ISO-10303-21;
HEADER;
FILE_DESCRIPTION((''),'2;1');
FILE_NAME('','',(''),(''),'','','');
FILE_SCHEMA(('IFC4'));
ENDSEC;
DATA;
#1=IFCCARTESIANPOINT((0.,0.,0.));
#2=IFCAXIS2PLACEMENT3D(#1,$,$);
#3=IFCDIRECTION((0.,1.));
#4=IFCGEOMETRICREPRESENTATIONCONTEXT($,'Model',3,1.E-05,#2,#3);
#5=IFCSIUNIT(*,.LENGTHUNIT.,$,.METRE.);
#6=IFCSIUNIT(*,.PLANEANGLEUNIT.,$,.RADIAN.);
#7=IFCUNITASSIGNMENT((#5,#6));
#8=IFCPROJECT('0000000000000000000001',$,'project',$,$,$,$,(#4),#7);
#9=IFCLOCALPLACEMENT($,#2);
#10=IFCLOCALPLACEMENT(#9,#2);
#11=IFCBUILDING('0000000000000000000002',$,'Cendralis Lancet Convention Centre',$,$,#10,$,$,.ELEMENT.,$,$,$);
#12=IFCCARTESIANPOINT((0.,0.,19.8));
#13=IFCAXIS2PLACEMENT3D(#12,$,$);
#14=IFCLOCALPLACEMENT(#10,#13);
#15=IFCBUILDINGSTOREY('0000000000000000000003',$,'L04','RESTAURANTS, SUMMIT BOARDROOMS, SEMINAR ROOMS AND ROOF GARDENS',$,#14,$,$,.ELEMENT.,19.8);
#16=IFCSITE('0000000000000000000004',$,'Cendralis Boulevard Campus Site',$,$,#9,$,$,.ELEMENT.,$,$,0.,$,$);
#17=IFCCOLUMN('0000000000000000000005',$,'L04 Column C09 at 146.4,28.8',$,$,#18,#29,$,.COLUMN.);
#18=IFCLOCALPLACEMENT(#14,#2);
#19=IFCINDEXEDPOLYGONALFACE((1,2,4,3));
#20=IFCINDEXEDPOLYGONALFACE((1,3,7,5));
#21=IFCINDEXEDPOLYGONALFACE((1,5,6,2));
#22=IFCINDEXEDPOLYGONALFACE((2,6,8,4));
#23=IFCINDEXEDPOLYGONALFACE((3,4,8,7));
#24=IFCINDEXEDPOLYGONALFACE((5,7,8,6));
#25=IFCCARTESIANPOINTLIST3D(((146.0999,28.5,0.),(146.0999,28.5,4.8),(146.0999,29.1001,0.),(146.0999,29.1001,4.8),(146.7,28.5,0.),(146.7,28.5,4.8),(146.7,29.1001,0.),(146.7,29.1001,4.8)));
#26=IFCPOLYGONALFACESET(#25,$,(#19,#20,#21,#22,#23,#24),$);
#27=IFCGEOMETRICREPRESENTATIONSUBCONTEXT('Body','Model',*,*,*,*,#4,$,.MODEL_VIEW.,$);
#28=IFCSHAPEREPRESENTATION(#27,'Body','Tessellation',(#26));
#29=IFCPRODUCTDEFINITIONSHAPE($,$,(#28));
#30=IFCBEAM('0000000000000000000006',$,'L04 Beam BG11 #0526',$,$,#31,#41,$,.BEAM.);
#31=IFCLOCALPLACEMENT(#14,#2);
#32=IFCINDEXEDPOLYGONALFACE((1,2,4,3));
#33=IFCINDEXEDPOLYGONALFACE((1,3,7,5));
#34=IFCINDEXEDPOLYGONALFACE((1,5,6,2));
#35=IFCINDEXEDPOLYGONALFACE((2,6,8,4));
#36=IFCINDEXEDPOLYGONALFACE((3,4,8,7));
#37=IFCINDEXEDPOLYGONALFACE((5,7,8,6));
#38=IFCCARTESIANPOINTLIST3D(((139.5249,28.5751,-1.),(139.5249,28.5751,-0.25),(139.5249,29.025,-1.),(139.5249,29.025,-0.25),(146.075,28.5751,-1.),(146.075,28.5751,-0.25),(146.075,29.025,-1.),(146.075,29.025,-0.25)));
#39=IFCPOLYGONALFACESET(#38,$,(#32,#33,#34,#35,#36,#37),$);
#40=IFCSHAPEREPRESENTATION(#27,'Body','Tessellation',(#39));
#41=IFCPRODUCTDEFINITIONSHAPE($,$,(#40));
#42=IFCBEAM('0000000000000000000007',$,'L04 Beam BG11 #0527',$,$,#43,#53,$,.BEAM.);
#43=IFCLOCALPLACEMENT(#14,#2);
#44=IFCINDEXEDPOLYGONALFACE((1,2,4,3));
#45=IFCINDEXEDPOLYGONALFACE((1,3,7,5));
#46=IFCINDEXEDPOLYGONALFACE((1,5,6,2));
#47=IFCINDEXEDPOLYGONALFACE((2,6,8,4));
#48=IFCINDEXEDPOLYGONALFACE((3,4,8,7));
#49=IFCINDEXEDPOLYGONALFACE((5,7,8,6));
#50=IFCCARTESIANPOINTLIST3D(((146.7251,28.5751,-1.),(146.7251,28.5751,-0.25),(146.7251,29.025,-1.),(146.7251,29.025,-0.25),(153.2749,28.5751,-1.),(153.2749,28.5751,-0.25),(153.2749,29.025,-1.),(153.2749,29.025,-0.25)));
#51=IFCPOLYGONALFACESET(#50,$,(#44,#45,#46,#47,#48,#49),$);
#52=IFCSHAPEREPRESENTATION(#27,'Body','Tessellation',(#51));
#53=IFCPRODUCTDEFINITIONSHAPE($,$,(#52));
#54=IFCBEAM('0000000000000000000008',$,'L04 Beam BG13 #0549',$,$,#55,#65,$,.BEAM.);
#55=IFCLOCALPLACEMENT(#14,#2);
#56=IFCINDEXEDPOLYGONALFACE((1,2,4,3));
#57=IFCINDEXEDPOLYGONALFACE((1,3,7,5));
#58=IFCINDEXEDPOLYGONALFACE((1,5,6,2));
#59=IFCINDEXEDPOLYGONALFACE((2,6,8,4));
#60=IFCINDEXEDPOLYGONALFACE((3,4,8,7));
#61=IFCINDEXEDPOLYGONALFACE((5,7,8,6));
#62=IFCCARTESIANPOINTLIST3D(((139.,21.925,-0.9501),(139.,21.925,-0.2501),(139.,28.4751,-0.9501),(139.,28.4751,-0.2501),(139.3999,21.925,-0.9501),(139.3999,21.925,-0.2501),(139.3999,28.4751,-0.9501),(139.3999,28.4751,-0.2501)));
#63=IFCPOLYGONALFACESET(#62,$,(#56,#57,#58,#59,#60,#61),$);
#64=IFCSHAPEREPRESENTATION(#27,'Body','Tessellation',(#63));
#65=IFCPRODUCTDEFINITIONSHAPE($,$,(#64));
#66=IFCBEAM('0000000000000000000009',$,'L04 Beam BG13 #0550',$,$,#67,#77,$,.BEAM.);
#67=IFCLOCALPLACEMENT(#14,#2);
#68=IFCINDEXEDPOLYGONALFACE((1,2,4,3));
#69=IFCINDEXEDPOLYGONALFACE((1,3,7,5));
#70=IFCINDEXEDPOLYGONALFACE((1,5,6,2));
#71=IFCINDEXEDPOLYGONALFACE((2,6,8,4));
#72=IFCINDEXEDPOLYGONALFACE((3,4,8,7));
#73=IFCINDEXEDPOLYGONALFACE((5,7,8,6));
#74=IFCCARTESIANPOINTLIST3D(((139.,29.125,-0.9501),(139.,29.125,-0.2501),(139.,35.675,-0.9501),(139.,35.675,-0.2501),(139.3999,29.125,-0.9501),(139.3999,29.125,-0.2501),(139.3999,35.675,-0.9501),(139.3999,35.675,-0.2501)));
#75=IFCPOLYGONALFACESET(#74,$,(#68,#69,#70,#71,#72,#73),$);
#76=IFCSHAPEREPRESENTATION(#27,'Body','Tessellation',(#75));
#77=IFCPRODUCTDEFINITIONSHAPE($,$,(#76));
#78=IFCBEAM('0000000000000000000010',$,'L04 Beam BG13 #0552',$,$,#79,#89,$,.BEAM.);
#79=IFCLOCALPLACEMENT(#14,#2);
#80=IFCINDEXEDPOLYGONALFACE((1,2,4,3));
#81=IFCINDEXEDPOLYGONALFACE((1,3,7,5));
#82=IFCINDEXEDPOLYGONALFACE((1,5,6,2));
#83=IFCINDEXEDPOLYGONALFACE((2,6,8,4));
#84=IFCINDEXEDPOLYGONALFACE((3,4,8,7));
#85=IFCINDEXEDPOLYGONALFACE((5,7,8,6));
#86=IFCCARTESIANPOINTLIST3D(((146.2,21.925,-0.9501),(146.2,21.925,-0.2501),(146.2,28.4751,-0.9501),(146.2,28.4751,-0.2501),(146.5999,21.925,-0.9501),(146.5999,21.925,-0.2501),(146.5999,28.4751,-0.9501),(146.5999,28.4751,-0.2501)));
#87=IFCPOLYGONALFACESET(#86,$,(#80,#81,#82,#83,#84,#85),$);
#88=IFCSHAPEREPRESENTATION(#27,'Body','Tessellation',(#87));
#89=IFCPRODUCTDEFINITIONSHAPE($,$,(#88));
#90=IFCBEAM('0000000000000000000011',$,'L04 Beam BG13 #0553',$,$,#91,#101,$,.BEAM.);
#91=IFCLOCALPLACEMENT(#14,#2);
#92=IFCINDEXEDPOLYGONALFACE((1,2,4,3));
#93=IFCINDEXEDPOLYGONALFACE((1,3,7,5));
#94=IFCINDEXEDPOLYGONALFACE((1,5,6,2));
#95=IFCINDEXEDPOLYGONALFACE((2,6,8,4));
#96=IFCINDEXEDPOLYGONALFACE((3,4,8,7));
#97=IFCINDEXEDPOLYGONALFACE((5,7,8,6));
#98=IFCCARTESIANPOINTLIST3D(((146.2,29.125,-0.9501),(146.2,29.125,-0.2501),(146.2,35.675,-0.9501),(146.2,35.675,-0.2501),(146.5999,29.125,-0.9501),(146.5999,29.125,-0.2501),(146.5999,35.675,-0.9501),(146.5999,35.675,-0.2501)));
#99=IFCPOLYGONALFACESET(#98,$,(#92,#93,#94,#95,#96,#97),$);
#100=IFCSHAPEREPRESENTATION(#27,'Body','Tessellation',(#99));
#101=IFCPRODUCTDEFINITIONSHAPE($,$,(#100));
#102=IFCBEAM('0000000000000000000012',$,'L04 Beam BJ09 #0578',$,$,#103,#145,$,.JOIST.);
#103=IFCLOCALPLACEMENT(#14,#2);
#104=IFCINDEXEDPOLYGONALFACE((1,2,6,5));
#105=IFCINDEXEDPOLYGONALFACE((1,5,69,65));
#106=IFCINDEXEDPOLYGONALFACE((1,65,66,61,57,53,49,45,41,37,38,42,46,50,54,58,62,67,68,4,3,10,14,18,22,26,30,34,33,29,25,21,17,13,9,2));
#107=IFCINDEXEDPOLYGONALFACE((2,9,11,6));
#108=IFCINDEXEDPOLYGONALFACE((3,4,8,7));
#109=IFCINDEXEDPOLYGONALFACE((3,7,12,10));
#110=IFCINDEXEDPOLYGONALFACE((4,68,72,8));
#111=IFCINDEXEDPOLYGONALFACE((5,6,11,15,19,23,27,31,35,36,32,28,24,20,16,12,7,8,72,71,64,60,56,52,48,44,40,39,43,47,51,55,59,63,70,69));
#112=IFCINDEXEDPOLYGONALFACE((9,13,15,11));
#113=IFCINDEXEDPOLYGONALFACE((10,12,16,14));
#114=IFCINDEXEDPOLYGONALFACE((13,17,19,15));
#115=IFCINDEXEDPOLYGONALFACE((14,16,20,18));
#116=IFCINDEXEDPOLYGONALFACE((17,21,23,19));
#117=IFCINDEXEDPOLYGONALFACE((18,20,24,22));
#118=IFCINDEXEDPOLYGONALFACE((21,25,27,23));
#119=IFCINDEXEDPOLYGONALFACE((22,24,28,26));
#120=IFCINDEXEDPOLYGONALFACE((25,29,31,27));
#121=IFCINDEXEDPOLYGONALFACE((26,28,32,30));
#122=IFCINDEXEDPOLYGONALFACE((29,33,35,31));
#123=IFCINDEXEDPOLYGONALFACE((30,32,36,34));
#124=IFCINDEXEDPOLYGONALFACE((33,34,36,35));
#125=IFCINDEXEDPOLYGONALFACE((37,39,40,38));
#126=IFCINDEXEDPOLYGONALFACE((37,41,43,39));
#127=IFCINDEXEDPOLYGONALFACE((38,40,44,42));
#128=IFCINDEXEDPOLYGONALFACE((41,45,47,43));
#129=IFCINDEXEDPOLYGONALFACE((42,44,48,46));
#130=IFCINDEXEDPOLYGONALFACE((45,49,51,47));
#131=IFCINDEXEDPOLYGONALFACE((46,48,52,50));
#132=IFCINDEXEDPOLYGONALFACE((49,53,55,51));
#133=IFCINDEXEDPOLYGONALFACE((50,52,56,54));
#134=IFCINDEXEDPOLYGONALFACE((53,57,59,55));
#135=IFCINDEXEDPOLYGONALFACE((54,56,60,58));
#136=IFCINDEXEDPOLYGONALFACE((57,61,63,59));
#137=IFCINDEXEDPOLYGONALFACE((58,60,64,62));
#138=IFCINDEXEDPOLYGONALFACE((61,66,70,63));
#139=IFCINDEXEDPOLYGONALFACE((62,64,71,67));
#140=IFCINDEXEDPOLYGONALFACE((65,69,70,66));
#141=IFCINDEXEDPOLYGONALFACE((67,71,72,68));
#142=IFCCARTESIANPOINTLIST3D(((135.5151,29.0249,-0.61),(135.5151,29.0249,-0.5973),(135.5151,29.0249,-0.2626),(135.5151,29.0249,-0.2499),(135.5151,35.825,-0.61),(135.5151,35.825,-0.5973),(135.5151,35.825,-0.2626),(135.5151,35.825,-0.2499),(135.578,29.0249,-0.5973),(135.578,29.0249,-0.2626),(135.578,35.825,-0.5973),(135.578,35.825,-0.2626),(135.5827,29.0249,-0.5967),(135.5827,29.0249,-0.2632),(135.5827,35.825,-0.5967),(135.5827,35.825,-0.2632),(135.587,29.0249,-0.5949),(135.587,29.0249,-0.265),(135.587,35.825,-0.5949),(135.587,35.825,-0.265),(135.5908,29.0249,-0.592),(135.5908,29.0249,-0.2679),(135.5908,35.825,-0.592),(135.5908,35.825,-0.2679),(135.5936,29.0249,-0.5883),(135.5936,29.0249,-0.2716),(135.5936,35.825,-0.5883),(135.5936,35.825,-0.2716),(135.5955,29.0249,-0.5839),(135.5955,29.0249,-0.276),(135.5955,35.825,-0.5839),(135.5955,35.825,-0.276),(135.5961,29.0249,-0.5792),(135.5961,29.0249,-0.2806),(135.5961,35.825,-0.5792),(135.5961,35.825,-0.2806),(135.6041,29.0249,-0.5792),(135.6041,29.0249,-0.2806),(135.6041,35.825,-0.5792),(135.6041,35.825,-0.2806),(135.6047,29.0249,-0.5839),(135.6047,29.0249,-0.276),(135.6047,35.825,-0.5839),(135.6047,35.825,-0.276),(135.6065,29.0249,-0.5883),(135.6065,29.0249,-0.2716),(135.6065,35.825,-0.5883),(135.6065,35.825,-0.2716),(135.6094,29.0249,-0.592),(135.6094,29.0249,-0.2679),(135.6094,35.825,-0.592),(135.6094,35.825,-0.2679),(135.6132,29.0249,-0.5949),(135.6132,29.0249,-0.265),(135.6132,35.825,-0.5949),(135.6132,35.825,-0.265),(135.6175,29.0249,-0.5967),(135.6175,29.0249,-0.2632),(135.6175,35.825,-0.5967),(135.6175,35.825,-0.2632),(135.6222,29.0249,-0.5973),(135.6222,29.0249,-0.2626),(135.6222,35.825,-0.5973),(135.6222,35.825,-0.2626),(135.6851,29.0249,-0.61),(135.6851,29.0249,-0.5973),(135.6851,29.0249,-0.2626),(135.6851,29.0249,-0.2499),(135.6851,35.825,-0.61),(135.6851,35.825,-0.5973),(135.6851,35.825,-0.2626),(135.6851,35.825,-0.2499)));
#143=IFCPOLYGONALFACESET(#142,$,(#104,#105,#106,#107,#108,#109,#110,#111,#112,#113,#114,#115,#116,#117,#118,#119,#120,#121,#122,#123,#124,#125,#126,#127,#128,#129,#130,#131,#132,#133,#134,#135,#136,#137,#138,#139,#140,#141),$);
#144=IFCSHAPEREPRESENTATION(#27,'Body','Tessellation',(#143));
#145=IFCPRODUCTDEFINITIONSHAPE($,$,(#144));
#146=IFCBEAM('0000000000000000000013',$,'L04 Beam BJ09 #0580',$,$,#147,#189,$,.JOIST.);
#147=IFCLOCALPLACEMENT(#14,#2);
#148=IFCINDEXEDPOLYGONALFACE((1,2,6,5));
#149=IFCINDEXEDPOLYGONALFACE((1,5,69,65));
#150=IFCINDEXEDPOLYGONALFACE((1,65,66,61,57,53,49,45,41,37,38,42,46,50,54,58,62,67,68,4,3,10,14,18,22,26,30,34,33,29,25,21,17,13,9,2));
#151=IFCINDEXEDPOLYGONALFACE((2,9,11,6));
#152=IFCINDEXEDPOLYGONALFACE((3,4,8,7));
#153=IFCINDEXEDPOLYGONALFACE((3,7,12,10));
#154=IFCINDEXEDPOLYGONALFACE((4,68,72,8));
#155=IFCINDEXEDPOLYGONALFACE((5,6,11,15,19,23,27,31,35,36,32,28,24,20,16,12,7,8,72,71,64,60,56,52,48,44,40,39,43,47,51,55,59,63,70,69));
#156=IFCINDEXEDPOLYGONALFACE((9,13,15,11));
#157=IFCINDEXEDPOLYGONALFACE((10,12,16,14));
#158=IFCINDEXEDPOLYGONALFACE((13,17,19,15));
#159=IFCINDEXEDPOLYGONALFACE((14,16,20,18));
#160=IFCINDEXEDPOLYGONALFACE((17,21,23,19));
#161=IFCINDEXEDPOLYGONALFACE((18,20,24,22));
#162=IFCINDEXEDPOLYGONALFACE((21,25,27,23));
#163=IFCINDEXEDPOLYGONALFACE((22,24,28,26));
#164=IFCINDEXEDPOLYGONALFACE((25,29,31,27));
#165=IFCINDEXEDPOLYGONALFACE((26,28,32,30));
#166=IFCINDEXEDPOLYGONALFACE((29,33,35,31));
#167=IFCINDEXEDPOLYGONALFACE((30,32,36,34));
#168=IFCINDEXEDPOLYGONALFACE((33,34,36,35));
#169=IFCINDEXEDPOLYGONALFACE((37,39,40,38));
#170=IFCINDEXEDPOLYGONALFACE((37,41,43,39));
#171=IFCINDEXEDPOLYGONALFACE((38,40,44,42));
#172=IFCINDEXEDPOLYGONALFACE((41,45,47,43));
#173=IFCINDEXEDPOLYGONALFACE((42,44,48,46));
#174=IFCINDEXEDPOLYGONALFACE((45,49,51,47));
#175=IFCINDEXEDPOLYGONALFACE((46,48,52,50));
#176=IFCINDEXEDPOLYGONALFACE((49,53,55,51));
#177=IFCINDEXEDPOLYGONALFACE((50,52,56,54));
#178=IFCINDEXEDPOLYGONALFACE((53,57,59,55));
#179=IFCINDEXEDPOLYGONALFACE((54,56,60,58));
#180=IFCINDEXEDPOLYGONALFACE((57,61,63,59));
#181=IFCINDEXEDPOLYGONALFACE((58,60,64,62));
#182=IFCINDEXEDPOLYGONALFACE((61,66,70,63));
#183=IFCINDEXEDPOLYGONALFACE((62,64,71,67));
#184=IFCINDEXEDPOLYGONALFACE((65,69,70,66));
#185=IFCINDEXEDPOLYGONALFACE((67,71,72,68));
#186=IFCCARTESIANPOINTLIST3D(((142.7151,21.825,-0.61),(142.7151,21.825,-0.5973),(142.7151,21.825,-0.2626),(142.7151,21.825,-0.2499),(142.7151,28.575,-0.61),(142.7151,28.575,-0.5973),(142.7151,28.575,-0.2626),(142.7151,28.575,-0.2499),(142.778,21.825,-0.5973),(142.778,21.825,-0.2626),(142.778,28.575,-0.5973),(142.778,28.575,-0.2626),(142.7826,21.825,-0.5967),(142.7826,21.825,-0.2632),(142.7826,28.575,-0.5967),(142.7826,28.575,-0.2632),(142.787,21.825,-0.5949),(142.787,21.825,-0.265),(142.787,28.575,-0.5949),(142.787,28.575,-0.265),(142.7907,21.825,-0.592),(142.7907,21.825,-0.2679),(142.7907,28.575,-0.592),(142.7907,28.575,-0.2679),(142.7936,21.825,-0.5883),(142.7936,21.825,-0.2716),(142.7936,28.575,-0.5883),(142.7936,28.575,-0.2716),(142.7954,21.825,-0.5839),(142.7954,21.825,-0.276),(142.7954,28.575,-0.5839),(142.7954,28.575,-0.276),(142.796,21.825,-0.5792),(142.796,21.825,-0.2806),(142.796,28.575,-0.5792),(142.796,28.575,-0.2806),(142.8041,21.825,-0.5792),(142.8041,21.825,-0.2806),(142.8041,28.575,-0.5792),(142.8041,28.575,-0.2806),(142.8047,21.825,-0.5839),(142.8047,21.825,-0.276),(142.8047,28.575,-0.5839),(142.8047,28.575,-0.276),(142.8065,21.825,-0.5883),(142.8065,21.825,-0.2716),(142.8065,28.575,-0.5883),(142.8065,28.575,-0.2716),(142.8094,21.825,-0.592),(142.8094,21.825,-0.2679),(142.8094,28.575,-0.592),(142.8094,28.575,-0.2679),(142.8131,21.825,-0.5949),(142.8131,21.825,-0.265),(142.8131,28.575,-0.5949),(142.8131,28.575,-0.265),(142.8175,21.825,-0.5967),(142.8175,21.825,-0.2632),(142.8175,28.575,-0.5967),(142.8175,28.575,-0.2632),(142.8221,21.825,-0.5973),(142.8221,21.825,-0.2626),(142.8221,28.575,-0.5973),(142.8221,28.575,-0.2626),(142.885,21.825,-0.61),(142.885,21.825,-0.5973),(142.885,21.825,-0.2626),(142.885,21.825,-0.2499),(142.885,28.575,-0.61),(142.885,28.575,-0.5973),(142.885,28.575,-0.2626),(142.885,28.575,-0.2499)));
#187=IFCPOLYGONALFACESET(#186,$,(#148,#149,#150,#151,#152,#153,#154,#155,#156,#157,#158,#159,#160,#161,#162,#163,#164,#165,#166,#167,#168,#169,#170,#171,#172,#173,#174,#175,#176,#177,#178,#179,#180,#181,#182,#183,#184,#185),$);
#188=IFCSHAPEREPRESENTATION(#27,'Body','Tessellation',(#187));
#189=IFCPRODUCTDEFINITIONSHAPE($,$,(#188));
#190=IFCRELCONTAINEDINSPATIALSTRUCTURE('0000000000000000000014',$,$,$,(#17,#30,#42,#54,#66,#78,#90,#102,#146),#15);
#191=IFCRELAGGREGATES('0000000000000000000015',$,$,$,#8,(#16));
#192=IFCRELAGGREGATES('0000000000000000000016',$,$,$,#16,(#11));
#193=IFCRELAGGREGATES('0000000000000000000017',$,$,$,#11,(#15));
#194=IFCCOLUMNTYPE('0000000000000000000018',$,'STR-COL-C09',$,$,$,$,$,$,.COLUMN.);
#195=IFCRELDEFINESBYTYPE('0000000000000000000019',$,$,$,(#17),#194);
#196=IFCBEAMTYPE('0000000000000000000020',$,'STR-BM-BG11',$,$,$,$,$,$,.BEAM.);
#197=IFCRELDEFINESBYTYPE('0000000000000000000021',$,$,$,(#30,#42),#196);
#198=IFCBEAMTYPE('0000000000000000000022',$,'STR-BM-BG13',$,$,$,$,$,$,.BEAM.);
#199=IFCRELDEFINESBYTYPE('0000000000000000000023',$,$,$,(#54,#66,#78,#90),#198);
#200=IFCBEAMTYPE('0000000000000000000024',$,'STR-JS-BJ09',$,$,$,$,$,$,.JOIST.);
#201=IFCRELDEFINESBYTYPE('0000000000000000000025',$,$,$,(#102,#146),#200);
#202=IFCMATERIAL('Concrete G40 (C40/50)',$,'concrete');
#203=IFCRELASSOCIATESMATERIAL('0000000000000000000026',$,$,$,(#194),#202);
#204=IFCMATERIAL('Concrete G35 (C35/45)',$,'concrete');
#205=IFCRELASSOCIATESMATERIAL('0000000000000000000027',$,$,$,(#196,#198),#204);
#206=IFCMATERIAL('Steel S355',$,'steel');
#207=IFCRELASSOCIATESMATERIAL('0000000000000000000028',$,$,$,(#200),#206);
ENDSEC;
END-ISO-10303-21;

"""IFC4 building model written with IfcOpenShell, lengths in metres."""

from ifc_helpers import new_model, si_unit, direction, frame, origin, origin_2d, place, context, subcontext, project, spatial, rectangle, i_section, extrude, material, material_profile, profile_set, type_object, element, save


model = new_model("IFC4")

# Units and contexts
model_context = context("Model", 3, precision=1e-05, world=origin(), true_north=direction((0.0, 1.0)))
body_context = subcontext(model_context, "Body", "Model", "MODEL_VIEW")
ifc_project = project(units=[si_unit("LENGTHUNIT", "METRE"), si_unit("PLANEANGLEUNIT", "RADIAN")], contexts=[model_context])

# Site, building, storey
site_placement = place(None, origin())
site = spatial("IfcSite", under=ifc_project, at=site_placement, Name="Cendralis Boulevard Campus Site", CompositionType="ELEMENT", RefElevation=0.0)
building_placement = place(site_placement, origin())
building = spatial("IfcBuilding", under=site, at=building_placement, Name="Cendralis Lancet Convention Centre", CompositionType="ELEMENT")
storey_placement = place(building_placement, frame((0.0, 0.0, 19.8)))
storey = spatial("IfcBuildingStorey", under=building, at=storey_placement, Name="L04", Description="RESTAURANTS, SUMMIT BOARDROOMS, SEMINAR ROOMS AND ROOF GARDENS", CompositionType="ELEMENT", Elevation=19.8)

# Column
ifc_material_1 = material(Name="Concrete G40 (C40/50)", Category="concrete")
ifc_material_profile_1 = material_profile(ifc_material_1, rectangle(XDim=0.6001, YDim=0.6001, at=origin_2d()), Name="RC 600x600")
ifc_profile_set_1 = profile_set([ifc_material_profile_1], Name="Concrete G40 (C40/50)")
column_type = type_object("IfcColumnType", Name="STR-COL-C09", PredefinedType="COLUMN", material=ifc_profile_set_1)
column_placement = place(storey_placement, frame((146.3999, 28.8, 0.0), z_axis=(0.0, 0.0, 1.0), x_axis=(1.0, 0.0, 0.0)))
element("IfcColumn", 1, at=column_placement, inside=storey, type_object=column_type, Name="L04 Column C09 at 146.4,28.8", PredefinedType="COLUMN", context=body_context, shape_type="SweptSolid", body=[
    extrude(rectangle(XDim=0.6001, YDim=0.6001, at=origin_2d()), origin(), (0.0, 0.0, 1.0), 4.8),
])

# Beams
ifc_material_2 = material(Name="Concrete G35 (C35/45)", Category="concrete")
ifc_material_profile_2 = material_profile(ifc_material_2, rectangle(XDim=0.45, YDim=0.75, at=origin_2d()), Name="RCB 450x750")
ifc_profile_set_2 = profile_set([ifc_material_profile_2], Name="Concrete G35 (C35/45)")
beam_type_1 = type_object("IfcBeamType", Name="STR-BM-BG11", PredefinedType="BEAM", material=ifc_profile_set_2)
beam_1_placement = place(storey_placement, frame((139.5249, 28.8, -0.625), z_axis=(1.0, 0.0, 0.0), x_axis=(0.0, 1.0, 0.0)))
element("IfcBeam", 2, at=beam_1_placement, inside=storey, type_object=beam_type_1, Name="L04 Beam BG11 #0526", PredefinedType="BEAM", context=body_context, shape_type="SweptSolid", body=[
    extrude(rectangle(XDim=0.45, YDim=0.75, at=origin_2d()), origin(), (0.0, 0.0, 1.0), 6.55),
])
beam_2_placement = place(storey_placement, frame((146.7251, 28.8, -0.625), z_axis=(1.0, 0.0, 0.0), x_axis=(0.0, 1.0, 0.0)))
element("IfcBeam", 3, at=beam_2_placement, inside=storey, type_object=beam_type_1, Name="L04 Beam BG11 #0527", PredefinedType="BEAM", context=body_context, shape_type="SweptSolid", body=[
    extrude(rectangle(XDim=0.45, YDim=0.75, at=origin_2d()), origin(), (0.0, 0.0, 1.0), 6.5498),
])
ifc_material_profile_3 = material_profile(ifc_material_2, rectangle(XDim=0.3999, YDim=0.7, at=origin_2d()), Name="RCB 400x700")
ifc_profile_set_3 = profile_set([ifc_material_profile_3], Name="Concrete G35 (C35/45)")
beam_type_2 = type_object("IfcBeamType", Name="STR-BM-BG13", PredefinedType="BEAM", material=ifc_profile_set_3)
for number, where, z_axis, x_axis, name in (
    (4, (139.2, 21.925, -0.6001), (0.0, 1.0, 0.0), (-1.0, 0.0, 0.0), "L04 Beam BG13 #0549"),
    (5, (139.2, 29.125, -0.6001), (0.0, 1.0, 0.0), (-1.0, 0.0, 0.0), "L04 Beam BG13 #0550"),
    (6, (146.3999, 21.925, -0.6001), (0.0, 1.0, 0.0), (-1.0, 0.0, 0.0), "L04 Beam BG13 #0552"),
    (7, (146.3999, 29.125, -0.6001), (0.0, 1.0, 0.0), (-1.0, 0.0, 0.0), "L04 Beam BG13 #0553"),
):
    element("IfcBeam", number, at=place(storey_placement, frame(where, z_axis=z_axis, x_axis=x_axis)), inside=storey, type_object=beam_type_2, Name=name, PredefinedType="BEAM", context=body_context, shape_type="SweptSolid", body=[
        extrude(rectangle(XDim=0.3999, YDim=0.7, at=origin_2d()), origin(), (0.0, 0.0, 1.0), 6.55),
    ])
ifc_material_3 = material(Name="Steel S355", Category="steel")
ifc_material_profile_4 = material_profile(ifc_material_3, i_section(OverallWidth=0.1699, OverallDepth=0.3601, WebThickness=0.0081, FlangeThickness=0.0127, FilletRadius=0.0181, at=origin_2d()), Name="IPE 360")
ifc_profile_set_4 = profile_set([ifc_material_profile_4], Name="Steel S355")
beam_type_3 = type_object("IfcBeamType", Name="STR-JS-BJ09", PredefinedType="JOIST", material=ifc_profile_set_4)
beam_3_placement = place(storey_placement, frame((135.6001, 29.0249, -0.4299), z_axis=(0.0, 1.0, 0.0), x_axis=(-1.0, 0.0, 0.0)))
element("IfcBeam", 8, at=beam_3_placement, inside=storey, type_object=beam_type_3, Name="L04 Beam BJ09 #0578", PredefinedType="JOIST", context=body_context, shape_type="SweptSolid", body=[
    extrude(i_section(OverallWidth=0.1699, OverallDepth=0.3601, WebThickness=0.0081, FlangeThickness=0.0127, FilletRadius=0.0181, at=origin_2d()), origin(), (0.0, 0.0, 1.0), 6.8),
])
beam_4_placement = place(storey_placement, frame((142.8, 21.825, -0.4299), z_axis=(0.0, 1.0, 0.0), x_axis=(-1.0, 0.0, 0.0)))
element("IfcBeam", 9, at=beam_4_placement, inside=storey, type_object=beam_type_3, Name="L04 Beam BJ09 #0580", PredefinedType="JOIST", context=body_context, shape_type="SweptSolid", body=[
    extrude(i_section(OverallWidth=0.1699, OverallDepth=0.3601, WebThickness=0.0081, FlangeThickness=0.0127, FilletRadius=0.0181, at=origin_2d()), origin(), (0.0, 0.0, 1.0), 6.75),
])

save(model, "model.ifc")
